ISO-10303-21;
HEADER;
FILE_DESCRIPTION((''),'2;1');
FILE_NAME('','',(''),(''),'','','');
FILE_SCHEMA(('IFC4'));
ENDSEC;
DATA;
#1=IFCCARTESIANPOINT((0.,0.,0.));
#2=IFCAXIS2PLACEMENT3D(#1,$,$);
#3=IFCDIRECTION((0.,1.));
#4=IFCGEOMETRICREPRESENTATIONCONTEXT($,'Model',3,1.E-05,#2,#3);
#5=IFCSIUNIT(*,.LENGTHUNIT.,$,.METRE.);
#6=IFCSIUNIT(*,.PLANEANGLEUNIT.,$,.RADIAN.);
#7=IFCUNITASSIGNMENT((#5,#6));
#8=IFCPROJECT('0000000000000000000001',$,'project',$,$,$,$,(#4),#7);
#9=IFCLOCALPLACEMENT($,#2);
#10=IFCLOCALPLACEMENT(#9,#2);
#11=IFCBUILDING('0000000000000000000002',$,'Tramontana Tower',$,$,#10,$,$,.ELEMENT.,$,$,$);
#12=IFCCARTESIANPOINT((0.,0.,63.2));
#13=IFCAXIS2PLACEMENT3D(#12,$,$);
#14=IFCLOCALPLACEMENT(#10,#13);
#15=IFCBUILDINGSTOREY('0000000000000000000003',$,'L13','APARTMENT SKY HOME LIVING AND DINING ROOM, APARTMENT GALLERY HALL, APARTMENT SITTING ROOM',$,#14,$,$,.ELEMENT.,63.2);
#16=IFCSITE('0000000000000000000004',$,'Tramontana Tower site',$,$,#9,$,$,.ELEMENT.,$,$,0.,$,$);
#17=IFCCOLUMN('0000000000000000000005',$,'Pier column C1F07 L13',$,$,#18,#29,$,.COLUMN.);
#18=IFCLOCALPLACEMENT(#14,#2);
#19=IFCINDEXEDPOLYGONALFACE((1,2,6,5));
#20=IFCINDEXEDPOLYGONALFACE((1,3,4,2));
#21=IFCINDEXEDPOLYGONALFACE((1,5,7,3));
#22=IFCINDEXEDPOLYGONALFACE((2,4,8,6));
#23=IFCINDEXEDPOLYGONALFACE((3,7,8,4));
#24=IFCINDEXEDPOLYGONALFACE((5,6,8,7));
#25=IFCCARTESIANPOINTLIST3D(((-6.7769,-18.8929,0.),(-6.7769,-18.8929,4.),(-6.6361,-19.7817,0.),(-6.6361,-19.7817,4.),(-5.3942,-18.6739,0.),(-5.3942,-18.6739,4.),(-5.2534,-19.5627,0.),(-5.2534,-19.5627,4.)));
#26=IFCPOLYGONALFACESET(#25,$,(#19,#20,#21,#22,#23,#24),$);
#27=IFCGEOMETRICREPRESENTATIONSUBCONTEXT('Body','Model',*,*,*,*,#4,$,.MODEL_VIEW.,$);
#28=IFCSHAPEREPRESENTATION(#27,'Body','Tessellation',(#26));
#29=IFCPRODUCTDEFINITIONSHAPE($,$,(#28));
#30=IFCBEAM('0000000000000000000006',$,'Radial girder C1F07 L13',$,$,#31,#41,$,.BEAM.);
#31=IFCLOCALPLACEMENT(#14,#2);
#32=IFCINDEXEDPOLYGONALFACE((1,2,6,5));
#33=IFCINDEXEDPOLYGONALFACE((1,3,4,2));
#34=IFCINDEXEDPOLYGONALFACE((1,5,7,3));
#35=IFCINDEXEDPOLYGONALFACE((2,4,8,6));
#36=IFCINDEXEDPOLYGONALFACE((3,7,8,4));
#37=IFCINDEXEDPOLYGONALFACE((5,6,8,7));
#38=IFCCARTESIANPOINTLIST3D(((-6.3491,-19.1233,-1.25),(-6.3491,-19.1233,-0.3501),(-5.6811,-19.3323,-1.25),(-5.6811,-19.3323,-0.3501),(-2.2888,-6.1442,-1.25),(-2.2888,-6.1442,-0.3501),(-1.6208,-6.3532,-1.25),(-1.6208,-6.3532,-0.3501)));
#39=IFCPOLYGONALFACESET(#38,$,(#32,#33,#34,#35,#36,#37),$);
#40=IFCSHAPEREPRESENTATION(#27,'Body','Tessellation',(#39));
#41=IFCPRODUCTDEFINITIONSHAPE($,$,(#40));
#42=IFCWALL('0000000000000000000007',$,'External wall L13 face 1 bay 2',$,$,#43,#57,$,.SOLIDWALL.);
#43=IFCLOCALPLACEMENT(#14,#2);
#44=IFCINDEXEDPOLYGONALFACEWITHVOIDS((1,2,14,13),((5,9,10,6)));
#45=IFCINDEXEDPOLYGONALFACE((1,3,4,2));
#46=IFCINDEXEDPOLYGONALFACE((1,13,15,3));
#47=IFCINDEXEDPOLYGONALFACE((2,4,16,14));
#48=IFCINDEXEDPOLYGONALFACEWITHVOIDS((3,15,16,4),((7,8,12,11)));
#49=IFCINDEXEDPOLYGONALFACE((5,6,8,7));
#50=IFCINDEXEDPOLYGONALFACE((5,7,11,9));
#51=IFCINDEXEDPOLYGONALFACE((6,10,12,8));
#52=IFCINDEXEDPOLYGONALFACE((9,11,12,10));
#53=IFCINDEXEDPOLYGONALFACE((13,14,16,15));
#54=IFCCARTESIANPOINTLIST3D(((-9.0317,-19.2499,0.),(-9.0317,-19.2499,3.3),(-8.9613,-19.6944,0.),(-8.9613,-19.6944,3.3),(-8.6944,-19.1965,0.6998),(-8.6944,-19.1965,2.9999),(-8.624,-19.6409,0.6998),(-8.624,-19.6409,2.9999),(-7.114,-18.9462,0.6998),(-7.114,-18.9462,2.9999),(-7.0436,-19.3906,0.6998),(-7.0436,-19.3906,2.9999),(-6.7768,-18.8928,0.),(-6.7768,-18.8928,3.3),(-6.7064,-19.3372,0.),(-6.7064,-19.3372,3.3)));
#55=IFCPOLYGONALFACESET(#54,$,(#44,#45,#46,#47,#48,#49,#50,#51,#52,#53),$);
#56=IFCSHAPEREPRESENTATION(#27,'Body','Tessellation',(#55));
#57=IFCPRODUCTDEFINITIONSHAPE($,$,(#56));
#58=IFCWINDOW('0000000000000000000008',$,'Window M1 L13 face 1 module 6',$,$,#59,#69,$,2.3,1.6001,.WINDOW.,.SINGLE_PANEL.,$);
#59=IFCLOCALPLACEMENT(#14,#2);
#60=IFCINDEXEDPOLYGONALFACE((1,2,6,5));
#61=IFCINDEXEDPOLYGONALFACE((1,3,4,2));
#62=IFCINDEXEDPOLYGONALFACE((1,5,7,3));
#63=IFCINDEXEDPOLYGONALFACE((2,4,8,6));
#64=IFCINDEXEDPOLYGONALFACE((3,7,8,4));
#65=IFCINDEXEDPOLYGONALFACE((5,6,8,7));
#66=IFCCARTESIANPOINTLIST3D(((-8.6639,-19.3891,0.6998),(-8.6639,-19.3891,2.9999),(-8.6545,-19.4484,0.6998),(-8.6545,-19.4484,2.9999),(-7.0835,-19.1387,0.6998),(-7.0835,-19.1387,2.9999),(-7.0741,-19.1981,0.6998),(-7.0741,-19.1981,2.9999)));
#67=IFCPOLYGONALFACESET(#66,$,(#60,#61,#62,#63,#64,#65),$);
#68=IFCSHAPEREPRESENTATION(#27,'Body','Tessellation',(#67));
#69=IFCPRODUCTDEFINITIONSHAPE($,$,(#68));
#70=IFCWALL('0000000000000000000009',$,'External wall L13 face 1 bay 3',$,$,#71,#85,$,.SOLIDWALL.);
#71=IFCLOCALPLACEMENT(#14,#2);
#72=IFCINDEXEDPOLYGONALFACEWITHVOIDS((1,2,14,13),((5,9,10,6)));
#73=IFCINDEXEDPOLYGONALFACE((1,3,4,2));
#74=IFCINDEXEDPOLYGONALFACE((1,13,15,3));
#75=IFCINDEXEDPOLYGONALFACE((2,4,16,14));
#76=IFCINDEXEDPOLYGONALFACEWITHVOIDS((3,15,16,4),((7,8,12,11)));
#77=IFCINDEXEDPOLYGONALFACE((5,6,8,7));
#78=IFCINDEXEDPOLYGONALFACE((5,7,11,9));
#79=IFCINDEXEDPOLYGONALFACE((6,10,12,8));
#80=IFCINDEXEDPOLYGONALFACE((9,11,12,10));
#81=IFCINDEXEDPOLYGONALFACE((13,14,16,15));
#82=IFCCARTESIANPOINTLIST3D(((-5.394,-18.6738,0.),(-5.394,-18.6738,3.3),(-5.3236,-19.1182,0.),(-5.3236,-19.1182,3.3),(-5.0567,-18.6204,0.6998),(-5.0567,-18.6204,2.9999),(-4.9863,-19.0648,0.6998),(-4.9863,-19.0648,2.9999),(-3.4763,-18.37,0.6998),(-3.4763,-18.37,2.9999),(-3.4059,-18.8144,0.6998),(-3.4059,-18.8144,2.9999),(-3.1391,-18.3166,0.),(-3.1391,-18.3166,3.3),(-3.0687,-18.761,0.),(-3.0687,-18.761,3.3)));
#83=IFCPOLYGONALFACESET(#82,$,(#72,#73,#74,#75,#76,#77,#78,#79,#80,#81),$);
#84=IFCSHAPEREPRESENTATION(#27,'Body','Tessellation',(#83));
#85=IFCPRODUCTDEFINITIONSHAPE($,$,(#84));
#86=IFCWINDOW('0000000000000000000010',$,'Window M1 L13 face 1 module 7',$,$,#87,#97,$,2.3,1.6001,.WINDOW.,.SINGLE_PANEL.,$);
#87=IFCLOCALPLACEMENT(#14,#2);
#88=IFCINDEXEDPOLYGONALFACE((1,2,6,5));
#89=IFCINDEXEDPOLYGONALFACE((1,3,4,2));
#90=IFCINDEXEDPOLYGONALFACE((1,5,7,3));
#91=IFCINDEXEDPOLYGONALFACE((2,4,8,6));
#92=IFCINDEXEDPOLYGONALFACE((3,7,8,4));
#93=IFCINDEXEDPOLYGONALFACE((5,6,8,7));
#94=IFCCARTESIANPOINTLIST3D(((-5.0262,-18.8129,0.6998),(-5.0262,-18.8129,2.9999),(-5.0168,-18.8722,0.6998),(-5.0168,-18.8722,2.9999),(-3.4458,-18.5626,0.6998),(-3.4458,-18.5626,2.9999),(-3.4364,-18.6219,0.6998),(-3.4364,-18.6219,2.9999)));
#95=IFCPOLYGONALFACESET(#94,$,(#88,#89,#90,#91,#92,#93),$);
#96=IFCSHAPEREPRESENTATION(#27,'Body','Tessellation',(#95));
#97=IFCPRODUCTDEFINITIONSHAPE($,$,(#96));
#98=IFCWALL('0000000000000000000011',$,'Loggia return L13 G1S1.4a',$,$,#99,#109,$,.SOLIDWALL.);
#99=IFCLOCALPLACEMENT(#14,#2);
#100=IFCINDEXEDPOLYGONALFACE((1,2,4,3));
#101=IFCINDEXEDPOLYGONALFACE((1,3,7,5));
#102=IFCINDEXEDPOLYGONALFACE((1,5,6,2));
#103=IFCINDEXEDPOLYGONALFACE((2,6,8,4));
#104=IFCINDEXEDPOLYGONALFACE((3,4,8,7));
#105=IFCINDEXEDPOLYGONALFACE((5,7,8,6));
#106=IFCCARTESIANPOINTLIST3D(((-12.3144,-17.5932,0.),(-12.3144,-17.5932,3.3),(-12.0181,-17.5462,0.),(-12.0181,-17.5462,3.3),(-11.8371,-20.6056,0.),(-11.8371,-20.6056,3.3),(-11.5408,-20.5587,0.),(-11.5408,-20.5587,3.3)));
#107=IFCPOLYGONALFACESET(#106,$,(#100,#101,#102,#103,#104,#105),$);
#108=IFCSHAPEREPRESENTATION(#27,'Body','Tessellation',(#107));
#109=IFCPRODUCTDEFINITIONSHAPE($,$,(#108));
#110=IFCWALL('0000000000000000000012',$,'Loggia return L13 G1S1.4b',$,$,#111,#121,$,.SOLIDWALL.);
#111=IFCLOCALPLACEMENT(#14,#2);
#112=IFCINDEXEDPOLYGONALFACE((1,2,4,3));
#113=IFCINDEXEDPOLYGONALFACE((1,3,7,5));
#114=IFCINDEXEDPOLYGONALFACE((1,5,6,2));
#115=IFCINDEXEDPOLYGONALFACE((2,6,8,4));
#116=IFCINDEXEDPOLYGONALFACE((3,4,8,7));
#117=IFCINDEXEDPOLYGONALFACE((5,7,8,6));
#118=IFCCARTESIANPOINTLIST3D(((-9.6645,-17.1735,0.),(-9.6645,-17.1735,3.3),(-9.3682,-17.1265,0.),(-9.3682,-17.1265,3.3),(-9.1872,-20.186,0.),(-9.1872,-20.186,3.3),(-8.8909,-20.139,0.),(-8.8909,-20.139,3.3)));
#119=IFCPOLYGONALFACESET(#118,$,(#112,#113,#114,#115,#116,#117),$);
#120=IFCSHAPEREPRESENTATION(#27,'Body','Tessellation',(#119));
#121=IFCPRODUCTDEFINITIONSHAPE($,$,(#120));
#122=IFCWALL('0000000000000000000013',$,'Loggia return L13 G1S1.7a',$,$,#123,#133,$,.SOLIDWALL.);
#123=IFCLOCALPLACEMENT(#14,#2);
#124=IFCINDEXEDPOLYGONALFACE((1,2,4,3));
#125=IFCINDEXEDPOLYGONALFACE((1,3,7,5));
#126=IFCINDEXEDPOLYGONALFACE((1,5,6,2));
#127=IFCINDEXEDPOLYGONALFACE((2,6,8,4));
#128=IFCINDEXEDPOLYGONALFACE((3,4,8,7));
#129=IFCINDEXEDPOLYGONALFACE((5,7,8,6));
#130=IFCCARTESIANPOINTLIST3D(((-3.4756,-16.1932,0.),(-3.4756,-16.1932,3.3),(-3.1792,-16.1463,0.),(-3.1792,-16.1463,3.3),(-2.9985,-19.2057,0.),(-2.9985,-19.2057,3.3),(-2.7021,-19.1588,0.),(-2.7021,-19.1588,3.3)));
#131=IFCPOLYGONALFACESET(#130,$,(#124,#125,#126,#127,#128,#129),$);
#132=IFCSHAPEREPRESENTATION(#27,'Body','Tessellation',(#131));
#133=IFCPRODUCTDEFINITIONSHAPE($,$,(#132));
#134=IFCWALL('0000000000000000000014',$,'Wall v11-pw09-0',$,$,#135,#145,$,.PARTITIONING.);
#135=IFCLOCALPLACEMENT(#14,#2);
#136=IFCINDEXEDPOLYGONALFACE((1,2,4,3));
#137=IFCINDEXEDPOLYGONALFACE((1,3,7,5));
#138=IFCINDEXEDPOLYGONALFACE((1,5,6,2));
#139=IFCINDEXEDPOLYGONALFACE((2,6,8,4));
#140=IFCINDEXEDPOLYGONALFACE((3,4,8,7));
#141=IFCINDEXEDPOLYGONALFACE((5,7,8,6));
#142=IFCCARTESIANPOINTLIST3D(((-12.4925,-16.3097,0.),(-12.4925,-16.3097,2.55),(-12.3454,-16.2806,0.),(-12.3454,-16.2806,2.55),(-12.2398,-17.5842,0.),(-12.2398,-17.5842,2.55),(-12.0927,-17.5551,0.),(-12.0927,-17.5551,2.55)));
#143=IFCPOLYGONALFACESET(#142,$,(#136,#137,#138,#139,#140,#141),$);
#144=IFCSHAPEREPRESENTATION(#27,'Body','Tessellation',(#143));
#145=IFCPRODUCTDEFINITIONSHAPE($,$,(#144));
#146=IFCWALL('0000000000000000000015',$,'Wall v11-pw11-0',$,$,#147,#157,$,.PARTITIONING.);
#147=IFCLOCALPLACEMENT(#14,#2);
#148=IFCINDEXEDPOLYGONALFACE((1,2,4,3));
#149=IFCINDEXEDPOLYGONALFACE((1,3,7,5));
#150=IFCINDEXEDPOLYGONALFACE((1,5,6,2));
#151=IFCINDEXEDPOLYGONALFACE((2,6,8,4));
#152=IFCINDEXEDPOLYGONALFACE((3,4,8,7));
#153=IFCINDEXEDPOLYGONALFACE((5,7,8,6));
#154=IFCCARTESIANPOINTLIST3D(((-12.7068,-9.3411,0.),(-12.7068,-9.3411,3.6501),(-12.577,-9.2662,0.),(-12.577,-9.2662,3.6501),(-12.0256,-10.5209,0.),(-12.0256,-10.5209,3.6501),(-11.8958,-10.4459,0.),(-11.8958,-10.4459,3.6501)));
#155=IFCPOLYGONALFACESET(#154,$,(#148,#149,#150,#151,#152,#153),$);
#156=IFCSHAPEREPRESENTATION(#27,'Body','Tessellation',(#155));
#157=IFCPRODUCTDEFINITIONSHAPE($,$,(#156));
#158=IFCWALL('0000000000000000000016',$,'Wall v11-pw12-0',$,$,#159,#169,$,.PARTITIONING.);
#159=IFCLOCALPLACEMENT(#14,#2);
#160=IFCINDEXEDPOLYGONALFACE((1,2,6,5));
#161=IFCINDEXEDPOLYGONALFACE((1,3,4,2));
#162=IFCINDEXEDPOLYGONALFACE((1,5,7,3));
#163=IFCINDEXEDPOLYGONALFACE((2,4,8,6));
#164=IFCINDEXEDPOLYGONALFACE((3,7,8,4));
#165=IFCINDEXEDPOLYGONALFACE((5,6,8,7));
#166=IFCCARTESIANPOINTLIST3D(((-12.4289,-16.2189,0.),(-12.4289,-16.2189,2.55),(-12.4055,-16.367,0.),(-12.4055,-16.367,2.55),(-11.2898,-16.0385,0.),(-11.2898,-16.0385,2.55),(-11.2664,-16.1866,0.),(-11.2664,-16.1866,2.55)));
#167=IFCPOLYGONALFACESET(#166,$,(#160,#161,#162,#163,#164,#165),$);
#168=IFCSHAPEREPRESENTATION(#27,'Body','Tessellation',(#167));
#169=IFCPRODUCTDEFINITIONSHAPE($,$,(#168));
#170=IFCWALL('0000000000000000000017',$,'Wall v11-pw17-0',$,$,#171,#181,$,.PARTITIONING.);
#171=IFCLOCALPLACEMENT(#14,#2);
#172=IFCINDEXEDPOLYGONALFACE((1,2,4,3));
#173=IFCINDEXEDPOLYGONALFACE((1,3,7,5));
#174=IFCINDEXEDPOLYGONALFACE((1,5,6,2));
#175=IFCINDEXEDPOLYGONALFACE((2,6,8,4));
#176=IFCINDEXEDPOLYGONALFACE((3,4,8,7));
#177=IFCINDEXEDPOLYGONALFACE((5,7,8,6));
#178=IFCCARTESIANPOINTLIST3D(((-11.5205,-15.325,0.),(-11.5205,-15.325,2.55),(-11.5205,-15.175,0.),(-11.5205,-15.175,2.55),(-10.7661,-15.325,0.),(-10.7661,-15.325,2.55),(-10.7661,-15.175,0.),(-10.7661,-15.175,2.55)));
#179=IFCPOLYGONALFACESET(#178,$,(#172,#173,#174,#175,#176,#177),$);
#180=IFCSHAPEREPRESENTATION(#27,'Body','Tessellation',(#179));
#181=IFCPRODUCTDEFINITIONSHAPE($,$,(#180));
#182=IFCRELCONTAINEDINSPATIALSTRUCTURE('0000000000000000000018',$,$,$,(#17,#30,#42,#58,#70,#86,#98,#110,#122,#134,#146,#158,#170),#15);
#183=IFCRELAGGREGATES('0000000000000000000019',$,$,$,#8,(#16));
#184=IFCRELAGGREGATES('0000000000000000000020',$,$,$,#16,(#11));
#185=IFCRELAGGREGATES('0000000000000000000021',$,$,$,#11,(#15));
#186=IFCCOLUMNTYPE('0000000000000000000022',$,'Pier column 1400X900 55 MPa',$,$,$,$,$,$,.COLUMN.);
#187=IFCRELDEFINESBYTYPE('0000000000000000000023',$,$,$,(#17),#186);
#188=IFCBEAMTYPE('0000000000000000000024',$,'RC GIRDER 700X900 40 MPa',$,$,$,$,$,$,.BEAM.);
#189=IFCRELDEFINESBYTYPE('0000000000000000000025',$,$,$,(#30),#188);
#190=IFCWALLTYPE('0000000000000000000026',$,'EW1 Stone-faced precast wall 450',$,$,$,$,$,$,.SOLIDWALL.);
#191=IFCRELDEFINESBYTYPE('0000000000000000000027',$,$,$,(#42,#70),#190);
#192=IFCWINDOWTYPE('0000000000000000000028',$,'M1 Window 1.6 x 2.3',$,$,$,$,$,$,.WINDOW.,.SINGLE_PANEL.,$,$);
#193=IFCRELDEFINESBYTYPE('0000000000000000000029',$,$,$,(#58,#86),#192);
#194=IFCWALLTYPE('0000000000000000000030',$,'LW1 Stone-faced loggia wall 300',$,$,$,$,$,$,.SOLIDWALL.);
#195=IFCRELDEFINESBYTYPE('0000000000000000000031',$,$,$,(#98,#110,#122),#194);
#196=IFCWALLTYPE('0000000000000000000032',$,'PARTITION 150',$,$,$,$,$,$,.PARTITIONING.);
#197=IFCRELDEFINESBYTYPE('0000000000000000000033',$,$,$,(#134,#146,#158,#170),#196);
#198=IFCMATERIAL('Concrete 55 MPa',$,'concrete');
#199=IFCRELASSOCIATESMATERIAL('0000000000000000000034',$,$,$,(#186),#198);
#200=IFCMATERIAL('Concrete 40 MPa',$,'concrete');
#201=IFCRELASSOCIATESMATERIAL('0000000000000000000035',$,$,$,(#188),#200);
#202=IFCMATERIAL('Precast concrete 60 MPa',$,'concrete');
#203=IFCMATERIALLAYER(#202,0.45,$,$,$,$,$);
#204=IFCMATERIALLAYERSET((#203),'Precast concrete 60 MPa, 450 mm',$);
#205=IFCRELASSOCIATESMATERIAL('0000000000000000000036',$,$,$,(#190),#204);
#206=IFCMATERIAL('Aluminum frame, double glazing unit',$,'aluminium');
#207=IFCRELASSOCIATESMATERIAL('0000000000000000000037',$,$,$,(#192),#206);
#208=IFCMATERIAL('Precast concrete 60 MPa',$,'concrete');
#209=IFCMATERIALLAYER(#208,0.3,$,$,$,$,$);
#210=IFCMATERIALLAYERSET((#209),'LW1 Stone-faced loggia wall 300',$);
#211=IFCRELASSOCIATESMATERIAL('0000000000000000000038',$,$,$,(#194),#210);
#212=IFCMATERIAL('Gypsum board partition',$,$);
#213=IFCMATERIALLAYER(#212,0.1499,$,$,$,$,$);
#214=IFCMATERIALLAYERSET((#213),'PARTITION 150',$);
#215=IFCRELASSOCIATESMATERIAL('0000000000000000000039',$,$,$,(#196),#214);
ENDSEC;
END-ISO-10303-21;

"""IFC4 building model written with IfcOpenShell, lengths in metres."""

from ifc_helpers import new_model, si_unit, direction, frame, frame_2d, origin, origin_2d, place, context, subcontext, project, spatial, rectangle, extrude, material, layer, layer_set, material_profile, profile_set, type_object, element, fill, save


model = new_model("IFC4")

# Units and contexts
model_context = context("Model", 3, precision=1e-05, world=origin(), true_north=direction((0.0, 1.0)))
body_context = subcontext(model_context, "Body", "Model", "MODEL_VIEW")
ifc_project = project(units=[si_unit("LENGTHUNIT", "METRE"), si_unit("PLANEANGLEUNIT", "RADIAN")], contexts=[model_context])

# Site, building, storey
site_placement = place(None, origin())
site = spatial("IfcSite", under=ifc_project, at=site_placement, Name="Tramontana Tower site", CompositionType="ELEMENT", RefElevation=0.0)
building_placement = place(site_placement, origin())
building = spatial("IfcBuilding", under=site, at=building_placement, Name="Tramontana Tower", CompositionType="ELEMENT")
storey_placement = place(building_placement, frame((0.0, 0.0, 63.2)))
storey = spatial("IfcBuildingStorey", under=building, at=storey_placement, Name="L13", Description="APARTMENT SKY HOME LIVING AND DINING ROOM, APARTMENT GALLERY HALL, APARTMENT SITTING ROOM", CompositionType="ELEMENT", Elevation=63.2)

# Column
ifc_material_1 = material(Name="Concrete 55 MPa", Category="concrete")
ifc_material_profile_1 = material_profile(ifc_material_1, rectangle(XDim=1.3999, YDim=0.8999, at=origin_2d()), Name="Pier column 1400X900 55 MPa")
ifc_profile_set_1 = profile_set([ifc_material_profile_1], Name="Concrete 55 MPa")
column_type = type_object("IfcColumnType", Name="Pier column 1400X900 55 MPa", PredefinedType="COLUMN", material=ifc_profile_set_1)
column_placement = place(storey_placement, frame((-6.0151, -19.2278, 0.0), z_axis=(0.0, 0.0, 1.0), x_axis=(0.987688, 0.156434, 0.0)))
element("IfcColumn", 1, at=column_placement, inside=storey, type_object=column_type, Name="Pier column C1F07 L13", PredefinedType="COLUMN", context=body_context, shape_type="SweptSolid", body=[
    extrude(rectangle(XDim=1.3999, YDim=0.8999, at=origin_2d()), origin(), (0.0, 0.0, 1.0), 4.0),
])

# Beam
ifc_material_2 = material(Name="Concrete 40 MPa", Category="concrete")
ifc_material_profile_2 = material_profile(ifc_material_2, rectangle(XDim=0.7, YDim=0.8999, at=origin_2d()), Name="RC GIRDER 700X900 40 MPa")
ifc_profile_set_2 = profile_set([ifc_material_profile_2], Name="Concrete 40 MPa")
beam_type = type_object("IfcBeamType", Name="RC GIRDER 700X900 40 MPa", PredefinedType="BEAM", material=ifc_profile_set_2)
beam_placement = place(storey_placement, frame((-6.0151, -19.2278, -0.8), z_axis=(0.298567, 0.954389, 0.0), x_axis=(-0.954389, 0.298567, 0.0)))
element("IfcBeam", 2, at=beam_placement, inside=storey, type_object=beam_type, Name="Radial girder C1F07 L13", PredefinedType="BEAM", context=body_context, shape_type="SweptSolid", body=[
    extrude(rectangle(XDim=0.7, YDim=0.8999, at=origin_2d()), origin(), (0.0, 0.0, 1.0), 13.5994),
])

# Walls, openings, windows
ifc_material_3 = material(Name="Precast concrete 60 MPa", Category="concrete")
ifc_layer_1 = layer(ifc_material_3, 0.45)
ifc_layer_set_1 = layer_set([ifc_layer_1], Name="Precast concrete 60 MPa, 450 mm")
wall_type_1 = type_object("IfcWallType", Name="EW1 Stone-faced precast wall 450", PredefinedType="SOLIDWALL", material=ifc_layer_set_1)
wall_1_placement = place(storey_placement, frame((-8.9966, -19.4722, 0.0), z_axis=(0.0, 0.0, 1.0), x_axis=(0.987686, 0.156451, 0.0)))
wall_1 = element("IfcWall", 3, at=wall_1_placement, inside=storey, type_object=wall_type_1, Name="External wall L13 face 1 bay 2", PredefinedType="SOLIDWALL", context=body_context, shape_type="SweptSolid", body=[
    extrude(rectangle(XDim=2.283, YDim=0.45, at=frame_2d((1.1416, 0.0))), origin(), (0.0, 0.0, 1.0), 3.3),
])
opening_1_placement = place(wall_1_placement, frame((0.3416, 0.0, 0.7)))
opening_1 = element("IfcOpeningElement", 4, at=opening_1_placement, cuts=wall_1, PredefinedType="OPENING", context=body_context, shape_type="SweptSolid", body=[
    extrude(rectangle(XDim=1.6001, YDim=2.3, at=frame_2d((0.8, 1.1499))), frame((0.0, 0.2349, 0.0), z_axis=(0.0, -1.0, 0.0), x_axis=(1.0, 0.0, 0.0)), (0.0, 0.0, 1.0), 0.47),
])
ifc_material_4 = material(Name="Aluminum frame, double glazing unit", Category="aluminium")
window_type = type_object("IfcWindowType", Name="M1 Window 1.6 x 2.3", PartitioningType="SINGLE_PANEL", PredefinedType="WINDOW", material=ifc_material_4)
window_1_placement = place(opening_1_placement, origin())
window_1 = element("IfcWindow", 5, at=window_1_placement, inside=storey, type_object=window_type, Name="Window M1 L13 face 1 module 6", OverallHeight=2.3, OverallWidth=1.6001, PartitioningType="SINGLE_PANEL", PredefinedType="WINDOW", context=body_context, shape_type="SweptSolid", body=[
    extrude(rectangle(XDim=1.6001, YDim=2.3, at=frame_2d((0.8, 1.1499))), frame((0.0, 0.03, 0.0), z_axis=(0.0, -1.0, 0.0), x_axis=(1.0, 0.0, 0.0)), (0.0, 0.0, 1.0), 0.0601),
])
fill(opening_1, window_1)
wall_2_placement = place(storey_placement, frame((-5.3589, -18.896, 0.0), z_axis=(0.0, 0.0, 1.0), x_axis=(0.987686, 0.156451, 0.0)))
wall_2 = element("IfcWall", 6, at=wall_2_placement, inside=storey, type_object=wall_type_1, Name="External wall L13 face 1 bay 3", PredefinedType="SOLIDWALL", context=body_context, shape_type="SweptSolid", body=[
    extrude(rectangle(XDim=2.283, YDim=0.45, at=frame_2d((1.1416, 0.0))), origin(), (0.0, 0.0, 1.0), 3.3),
])
opening_2_placement = place(wall_2_placement, frame((0.3416, 0.0, 0.7)))
opening_2 = element("IfcOpeningElement", 7, at=opening_2_placement, cuts=wall_2, PredefinedType="OPENING", context=body_context, shape_type="SweptSolid", body=[
    extrude(rectangle(XDim=1.6001, YDim=2.3, at=frame_2d((0.8, 1.1499))), frame((0.0, 0.2349, 0.0), z_axis=(0.0, -1.0, 0.0), x_axis=(1.0, 0.0, 0.0)), (0.0, 0.0, 1.0), 0.47),
])
window_2_placement = place(opening_2_placement, origin())
window_2 = element("IfcWindow", 8, at=window_2_placement, inside=storey, type_object=window_type, Name="Window M1 L13 face 1 module 7", OverallHeight=2.3, OverallWidth=1.6001, PartitioningType="SINGLE_PANEL", PredefinedType="WINDOW", context=body_context, shape_type="SweptSolid", body=[
    extrude(rectangle(XDim=1.6001, YDim=2.3, at=frame_2d((0.8, 1.1499))), frame((0.0, 0.03, 0.0), z_axis=(0.0, -1.0, 0.0), x_axis=(1.0, 0.0, 0.0)), (0.0, 0.0, 1.0), 0.0601),
])
fill(opening_2, window_2)

# Shared definitions
ifc_material_5 = material(Name="Precast concrete 60 MPa", Category="concrete")
ifc_layer_2 = layer(ifc_material_5, 0.3)
ifc_layer_set_2 = layer_set([ifc_layer_2], Name="LW1 Stone-faced loggia wall 300")
wall_type_2 = type_object("IfcWallType", Name="LW1 Stone-faced loggia wall 300", PredefinedType="SOLIDWALL", material=ifc_layer_set_2)

# Walls
for number, where, z_axis, x_axis, name in (
    (9, (-11.689, -20.582, 0.0), (0.0, 0.0, 1.0), (-0.156489, 0.98768, 0.0), "Loggia return L13 G1S1.4a"),
    (10, (-9.0391, -20.1624, 0.0), (0.0, 0.0, 1.0), (-0.156489, 0.98768, 0.0), "Loggia return L13 G1S1.4b"),
):
    element("IfcWall", number, at=place(storey_placement, frame(where, z_axis=z_axis, x_axis=x_axis)), inside=storey, type_object=wall_type_2, Name=name, PredefinedType="SOLIDWALL", context=body_context, shape_type="SweptSolid", body=[
        extrude(rectangle(XDim=3.05, YDim=0.3, at=frame_2d((1.5249, 0.0))), origin(), (0.0, 0.0, 1.0), 3.3),
    ])

# Walls
wall_3_placement = place(storey_placement, frame((-2.8503, -19.1821, 0.0), z_axis=(0.0, 0.0, 1.0), x_axis=(-0.156411, 0.987692, 0.0)))
element("IfcWall", 11, at=wall_3_placement, inside=storey, type_object=wall_type_2, Name="Loggia return L13 G1S1.7a", PredefinedType="SOLIDWALL", context=body_context, shape_type="SweptSolid", body=[
    extrude(rectangle(XDim=3.05, YDim=0.3, at=frame_2d((1.5249, 0.0))), origin(), (0.0, 0.0, 1.0), 3.3),
])
ifc_material_6 = material(Name="Gypsum board partition")
ifc_layer_3 = layer(ifc_material_6, 0.1499)
ifc_layer_set_3 = layer_set([ifc_layer_3], Name="PARTITION 150")
wall_type_3 = type_object("IfcWallType", Name="PARTITION 150", PredefinedType="PARTITIONING", material=ifc_layer_set_3)
wall_4_placement = place(storey_placement, frame((-12.4189, -16.2952, 0.0), z_axis=(0.0, 0.0, 1.0), x_axis=(0.19449, -0.980905, 0.0)))
element("IfcWall", 12, at=wall_4_placement, inside=storey, type_object=wall_type_3, Name="Wall v11-pw09-0", PredefinedType="PARTITIONING", context=body_context, shape_type="SweptSolid", body=[
    extrude(rectangle(XDim=1.2993, YDim=0.1499, at=frame_2d((0.6497, 0.0))), origin(), (0.0, 0.0, 1.0), 2.55),
])
wall_5_placement = place(storey_placement, frame((-11.9607, -10.4834, 0.0), z_axis=(0.0, 0.0, 1.0), x_axis=(-0.500033, 0.866007, 0.0)))
element("IfcWall", 13, at=wall_5_placement, inside=storey, type_object=wall_type_3, Name="Wall v11-pw11-0", PredefinedType="PARTITIONING", context=body_context, shape_type="SweptSolid", body=[
    extrude(rectangle(XDim=1.3623, YDim=0.1499, at=frame_2d((0.6812, 0.0))), origin(), (0.0, 0.0, 1.0), 3.6501),
])
wall_6_placement = place(storey_placement, frame((-11.2781, -16.1125, 0.0), z_axis=(0.0, 0.0, 1.0), x_axis=(-0.987689, -0.15643, 0.0)))
element("IfcWall", 14, at=wall_6_placement, inside=storey, type_object=wall_type_3, Name="Wall v11-pw12-0", PredefinedType="PARTITIONING", context=body_context, shape_type="SweptSolid", body=[
    extrude(rectangle(XDim=1.1533, YDim=0.1499, at=frame_2d((0.5767, 0.0))), origin(), (0.0, 0.0, 1.0), 2.55),
])
wall_7_placement = place(storey_placement, frame((-10.7661, -15.25, 0.0), z_axis=(0.0, 0.0, 1.0), x_axis=(-1.0, 0.0, 0.0)))
element("IfcWall", 15, at=wall_7_placement, inside=storey, type_object=wall_type_3, Name="Wall v11-pw17-0", PredefinedType="PARTITIONING", context=body_context, shape_type="SweptSolid", body=[
    extrude(rectangle(XDim=0.7544, YDim=0.1499, at=frame_2d((0.3772, 0.0))), origin(), (0.0, 0.0, 1.0), 2.55),
])

save(model, "model.ifc")
